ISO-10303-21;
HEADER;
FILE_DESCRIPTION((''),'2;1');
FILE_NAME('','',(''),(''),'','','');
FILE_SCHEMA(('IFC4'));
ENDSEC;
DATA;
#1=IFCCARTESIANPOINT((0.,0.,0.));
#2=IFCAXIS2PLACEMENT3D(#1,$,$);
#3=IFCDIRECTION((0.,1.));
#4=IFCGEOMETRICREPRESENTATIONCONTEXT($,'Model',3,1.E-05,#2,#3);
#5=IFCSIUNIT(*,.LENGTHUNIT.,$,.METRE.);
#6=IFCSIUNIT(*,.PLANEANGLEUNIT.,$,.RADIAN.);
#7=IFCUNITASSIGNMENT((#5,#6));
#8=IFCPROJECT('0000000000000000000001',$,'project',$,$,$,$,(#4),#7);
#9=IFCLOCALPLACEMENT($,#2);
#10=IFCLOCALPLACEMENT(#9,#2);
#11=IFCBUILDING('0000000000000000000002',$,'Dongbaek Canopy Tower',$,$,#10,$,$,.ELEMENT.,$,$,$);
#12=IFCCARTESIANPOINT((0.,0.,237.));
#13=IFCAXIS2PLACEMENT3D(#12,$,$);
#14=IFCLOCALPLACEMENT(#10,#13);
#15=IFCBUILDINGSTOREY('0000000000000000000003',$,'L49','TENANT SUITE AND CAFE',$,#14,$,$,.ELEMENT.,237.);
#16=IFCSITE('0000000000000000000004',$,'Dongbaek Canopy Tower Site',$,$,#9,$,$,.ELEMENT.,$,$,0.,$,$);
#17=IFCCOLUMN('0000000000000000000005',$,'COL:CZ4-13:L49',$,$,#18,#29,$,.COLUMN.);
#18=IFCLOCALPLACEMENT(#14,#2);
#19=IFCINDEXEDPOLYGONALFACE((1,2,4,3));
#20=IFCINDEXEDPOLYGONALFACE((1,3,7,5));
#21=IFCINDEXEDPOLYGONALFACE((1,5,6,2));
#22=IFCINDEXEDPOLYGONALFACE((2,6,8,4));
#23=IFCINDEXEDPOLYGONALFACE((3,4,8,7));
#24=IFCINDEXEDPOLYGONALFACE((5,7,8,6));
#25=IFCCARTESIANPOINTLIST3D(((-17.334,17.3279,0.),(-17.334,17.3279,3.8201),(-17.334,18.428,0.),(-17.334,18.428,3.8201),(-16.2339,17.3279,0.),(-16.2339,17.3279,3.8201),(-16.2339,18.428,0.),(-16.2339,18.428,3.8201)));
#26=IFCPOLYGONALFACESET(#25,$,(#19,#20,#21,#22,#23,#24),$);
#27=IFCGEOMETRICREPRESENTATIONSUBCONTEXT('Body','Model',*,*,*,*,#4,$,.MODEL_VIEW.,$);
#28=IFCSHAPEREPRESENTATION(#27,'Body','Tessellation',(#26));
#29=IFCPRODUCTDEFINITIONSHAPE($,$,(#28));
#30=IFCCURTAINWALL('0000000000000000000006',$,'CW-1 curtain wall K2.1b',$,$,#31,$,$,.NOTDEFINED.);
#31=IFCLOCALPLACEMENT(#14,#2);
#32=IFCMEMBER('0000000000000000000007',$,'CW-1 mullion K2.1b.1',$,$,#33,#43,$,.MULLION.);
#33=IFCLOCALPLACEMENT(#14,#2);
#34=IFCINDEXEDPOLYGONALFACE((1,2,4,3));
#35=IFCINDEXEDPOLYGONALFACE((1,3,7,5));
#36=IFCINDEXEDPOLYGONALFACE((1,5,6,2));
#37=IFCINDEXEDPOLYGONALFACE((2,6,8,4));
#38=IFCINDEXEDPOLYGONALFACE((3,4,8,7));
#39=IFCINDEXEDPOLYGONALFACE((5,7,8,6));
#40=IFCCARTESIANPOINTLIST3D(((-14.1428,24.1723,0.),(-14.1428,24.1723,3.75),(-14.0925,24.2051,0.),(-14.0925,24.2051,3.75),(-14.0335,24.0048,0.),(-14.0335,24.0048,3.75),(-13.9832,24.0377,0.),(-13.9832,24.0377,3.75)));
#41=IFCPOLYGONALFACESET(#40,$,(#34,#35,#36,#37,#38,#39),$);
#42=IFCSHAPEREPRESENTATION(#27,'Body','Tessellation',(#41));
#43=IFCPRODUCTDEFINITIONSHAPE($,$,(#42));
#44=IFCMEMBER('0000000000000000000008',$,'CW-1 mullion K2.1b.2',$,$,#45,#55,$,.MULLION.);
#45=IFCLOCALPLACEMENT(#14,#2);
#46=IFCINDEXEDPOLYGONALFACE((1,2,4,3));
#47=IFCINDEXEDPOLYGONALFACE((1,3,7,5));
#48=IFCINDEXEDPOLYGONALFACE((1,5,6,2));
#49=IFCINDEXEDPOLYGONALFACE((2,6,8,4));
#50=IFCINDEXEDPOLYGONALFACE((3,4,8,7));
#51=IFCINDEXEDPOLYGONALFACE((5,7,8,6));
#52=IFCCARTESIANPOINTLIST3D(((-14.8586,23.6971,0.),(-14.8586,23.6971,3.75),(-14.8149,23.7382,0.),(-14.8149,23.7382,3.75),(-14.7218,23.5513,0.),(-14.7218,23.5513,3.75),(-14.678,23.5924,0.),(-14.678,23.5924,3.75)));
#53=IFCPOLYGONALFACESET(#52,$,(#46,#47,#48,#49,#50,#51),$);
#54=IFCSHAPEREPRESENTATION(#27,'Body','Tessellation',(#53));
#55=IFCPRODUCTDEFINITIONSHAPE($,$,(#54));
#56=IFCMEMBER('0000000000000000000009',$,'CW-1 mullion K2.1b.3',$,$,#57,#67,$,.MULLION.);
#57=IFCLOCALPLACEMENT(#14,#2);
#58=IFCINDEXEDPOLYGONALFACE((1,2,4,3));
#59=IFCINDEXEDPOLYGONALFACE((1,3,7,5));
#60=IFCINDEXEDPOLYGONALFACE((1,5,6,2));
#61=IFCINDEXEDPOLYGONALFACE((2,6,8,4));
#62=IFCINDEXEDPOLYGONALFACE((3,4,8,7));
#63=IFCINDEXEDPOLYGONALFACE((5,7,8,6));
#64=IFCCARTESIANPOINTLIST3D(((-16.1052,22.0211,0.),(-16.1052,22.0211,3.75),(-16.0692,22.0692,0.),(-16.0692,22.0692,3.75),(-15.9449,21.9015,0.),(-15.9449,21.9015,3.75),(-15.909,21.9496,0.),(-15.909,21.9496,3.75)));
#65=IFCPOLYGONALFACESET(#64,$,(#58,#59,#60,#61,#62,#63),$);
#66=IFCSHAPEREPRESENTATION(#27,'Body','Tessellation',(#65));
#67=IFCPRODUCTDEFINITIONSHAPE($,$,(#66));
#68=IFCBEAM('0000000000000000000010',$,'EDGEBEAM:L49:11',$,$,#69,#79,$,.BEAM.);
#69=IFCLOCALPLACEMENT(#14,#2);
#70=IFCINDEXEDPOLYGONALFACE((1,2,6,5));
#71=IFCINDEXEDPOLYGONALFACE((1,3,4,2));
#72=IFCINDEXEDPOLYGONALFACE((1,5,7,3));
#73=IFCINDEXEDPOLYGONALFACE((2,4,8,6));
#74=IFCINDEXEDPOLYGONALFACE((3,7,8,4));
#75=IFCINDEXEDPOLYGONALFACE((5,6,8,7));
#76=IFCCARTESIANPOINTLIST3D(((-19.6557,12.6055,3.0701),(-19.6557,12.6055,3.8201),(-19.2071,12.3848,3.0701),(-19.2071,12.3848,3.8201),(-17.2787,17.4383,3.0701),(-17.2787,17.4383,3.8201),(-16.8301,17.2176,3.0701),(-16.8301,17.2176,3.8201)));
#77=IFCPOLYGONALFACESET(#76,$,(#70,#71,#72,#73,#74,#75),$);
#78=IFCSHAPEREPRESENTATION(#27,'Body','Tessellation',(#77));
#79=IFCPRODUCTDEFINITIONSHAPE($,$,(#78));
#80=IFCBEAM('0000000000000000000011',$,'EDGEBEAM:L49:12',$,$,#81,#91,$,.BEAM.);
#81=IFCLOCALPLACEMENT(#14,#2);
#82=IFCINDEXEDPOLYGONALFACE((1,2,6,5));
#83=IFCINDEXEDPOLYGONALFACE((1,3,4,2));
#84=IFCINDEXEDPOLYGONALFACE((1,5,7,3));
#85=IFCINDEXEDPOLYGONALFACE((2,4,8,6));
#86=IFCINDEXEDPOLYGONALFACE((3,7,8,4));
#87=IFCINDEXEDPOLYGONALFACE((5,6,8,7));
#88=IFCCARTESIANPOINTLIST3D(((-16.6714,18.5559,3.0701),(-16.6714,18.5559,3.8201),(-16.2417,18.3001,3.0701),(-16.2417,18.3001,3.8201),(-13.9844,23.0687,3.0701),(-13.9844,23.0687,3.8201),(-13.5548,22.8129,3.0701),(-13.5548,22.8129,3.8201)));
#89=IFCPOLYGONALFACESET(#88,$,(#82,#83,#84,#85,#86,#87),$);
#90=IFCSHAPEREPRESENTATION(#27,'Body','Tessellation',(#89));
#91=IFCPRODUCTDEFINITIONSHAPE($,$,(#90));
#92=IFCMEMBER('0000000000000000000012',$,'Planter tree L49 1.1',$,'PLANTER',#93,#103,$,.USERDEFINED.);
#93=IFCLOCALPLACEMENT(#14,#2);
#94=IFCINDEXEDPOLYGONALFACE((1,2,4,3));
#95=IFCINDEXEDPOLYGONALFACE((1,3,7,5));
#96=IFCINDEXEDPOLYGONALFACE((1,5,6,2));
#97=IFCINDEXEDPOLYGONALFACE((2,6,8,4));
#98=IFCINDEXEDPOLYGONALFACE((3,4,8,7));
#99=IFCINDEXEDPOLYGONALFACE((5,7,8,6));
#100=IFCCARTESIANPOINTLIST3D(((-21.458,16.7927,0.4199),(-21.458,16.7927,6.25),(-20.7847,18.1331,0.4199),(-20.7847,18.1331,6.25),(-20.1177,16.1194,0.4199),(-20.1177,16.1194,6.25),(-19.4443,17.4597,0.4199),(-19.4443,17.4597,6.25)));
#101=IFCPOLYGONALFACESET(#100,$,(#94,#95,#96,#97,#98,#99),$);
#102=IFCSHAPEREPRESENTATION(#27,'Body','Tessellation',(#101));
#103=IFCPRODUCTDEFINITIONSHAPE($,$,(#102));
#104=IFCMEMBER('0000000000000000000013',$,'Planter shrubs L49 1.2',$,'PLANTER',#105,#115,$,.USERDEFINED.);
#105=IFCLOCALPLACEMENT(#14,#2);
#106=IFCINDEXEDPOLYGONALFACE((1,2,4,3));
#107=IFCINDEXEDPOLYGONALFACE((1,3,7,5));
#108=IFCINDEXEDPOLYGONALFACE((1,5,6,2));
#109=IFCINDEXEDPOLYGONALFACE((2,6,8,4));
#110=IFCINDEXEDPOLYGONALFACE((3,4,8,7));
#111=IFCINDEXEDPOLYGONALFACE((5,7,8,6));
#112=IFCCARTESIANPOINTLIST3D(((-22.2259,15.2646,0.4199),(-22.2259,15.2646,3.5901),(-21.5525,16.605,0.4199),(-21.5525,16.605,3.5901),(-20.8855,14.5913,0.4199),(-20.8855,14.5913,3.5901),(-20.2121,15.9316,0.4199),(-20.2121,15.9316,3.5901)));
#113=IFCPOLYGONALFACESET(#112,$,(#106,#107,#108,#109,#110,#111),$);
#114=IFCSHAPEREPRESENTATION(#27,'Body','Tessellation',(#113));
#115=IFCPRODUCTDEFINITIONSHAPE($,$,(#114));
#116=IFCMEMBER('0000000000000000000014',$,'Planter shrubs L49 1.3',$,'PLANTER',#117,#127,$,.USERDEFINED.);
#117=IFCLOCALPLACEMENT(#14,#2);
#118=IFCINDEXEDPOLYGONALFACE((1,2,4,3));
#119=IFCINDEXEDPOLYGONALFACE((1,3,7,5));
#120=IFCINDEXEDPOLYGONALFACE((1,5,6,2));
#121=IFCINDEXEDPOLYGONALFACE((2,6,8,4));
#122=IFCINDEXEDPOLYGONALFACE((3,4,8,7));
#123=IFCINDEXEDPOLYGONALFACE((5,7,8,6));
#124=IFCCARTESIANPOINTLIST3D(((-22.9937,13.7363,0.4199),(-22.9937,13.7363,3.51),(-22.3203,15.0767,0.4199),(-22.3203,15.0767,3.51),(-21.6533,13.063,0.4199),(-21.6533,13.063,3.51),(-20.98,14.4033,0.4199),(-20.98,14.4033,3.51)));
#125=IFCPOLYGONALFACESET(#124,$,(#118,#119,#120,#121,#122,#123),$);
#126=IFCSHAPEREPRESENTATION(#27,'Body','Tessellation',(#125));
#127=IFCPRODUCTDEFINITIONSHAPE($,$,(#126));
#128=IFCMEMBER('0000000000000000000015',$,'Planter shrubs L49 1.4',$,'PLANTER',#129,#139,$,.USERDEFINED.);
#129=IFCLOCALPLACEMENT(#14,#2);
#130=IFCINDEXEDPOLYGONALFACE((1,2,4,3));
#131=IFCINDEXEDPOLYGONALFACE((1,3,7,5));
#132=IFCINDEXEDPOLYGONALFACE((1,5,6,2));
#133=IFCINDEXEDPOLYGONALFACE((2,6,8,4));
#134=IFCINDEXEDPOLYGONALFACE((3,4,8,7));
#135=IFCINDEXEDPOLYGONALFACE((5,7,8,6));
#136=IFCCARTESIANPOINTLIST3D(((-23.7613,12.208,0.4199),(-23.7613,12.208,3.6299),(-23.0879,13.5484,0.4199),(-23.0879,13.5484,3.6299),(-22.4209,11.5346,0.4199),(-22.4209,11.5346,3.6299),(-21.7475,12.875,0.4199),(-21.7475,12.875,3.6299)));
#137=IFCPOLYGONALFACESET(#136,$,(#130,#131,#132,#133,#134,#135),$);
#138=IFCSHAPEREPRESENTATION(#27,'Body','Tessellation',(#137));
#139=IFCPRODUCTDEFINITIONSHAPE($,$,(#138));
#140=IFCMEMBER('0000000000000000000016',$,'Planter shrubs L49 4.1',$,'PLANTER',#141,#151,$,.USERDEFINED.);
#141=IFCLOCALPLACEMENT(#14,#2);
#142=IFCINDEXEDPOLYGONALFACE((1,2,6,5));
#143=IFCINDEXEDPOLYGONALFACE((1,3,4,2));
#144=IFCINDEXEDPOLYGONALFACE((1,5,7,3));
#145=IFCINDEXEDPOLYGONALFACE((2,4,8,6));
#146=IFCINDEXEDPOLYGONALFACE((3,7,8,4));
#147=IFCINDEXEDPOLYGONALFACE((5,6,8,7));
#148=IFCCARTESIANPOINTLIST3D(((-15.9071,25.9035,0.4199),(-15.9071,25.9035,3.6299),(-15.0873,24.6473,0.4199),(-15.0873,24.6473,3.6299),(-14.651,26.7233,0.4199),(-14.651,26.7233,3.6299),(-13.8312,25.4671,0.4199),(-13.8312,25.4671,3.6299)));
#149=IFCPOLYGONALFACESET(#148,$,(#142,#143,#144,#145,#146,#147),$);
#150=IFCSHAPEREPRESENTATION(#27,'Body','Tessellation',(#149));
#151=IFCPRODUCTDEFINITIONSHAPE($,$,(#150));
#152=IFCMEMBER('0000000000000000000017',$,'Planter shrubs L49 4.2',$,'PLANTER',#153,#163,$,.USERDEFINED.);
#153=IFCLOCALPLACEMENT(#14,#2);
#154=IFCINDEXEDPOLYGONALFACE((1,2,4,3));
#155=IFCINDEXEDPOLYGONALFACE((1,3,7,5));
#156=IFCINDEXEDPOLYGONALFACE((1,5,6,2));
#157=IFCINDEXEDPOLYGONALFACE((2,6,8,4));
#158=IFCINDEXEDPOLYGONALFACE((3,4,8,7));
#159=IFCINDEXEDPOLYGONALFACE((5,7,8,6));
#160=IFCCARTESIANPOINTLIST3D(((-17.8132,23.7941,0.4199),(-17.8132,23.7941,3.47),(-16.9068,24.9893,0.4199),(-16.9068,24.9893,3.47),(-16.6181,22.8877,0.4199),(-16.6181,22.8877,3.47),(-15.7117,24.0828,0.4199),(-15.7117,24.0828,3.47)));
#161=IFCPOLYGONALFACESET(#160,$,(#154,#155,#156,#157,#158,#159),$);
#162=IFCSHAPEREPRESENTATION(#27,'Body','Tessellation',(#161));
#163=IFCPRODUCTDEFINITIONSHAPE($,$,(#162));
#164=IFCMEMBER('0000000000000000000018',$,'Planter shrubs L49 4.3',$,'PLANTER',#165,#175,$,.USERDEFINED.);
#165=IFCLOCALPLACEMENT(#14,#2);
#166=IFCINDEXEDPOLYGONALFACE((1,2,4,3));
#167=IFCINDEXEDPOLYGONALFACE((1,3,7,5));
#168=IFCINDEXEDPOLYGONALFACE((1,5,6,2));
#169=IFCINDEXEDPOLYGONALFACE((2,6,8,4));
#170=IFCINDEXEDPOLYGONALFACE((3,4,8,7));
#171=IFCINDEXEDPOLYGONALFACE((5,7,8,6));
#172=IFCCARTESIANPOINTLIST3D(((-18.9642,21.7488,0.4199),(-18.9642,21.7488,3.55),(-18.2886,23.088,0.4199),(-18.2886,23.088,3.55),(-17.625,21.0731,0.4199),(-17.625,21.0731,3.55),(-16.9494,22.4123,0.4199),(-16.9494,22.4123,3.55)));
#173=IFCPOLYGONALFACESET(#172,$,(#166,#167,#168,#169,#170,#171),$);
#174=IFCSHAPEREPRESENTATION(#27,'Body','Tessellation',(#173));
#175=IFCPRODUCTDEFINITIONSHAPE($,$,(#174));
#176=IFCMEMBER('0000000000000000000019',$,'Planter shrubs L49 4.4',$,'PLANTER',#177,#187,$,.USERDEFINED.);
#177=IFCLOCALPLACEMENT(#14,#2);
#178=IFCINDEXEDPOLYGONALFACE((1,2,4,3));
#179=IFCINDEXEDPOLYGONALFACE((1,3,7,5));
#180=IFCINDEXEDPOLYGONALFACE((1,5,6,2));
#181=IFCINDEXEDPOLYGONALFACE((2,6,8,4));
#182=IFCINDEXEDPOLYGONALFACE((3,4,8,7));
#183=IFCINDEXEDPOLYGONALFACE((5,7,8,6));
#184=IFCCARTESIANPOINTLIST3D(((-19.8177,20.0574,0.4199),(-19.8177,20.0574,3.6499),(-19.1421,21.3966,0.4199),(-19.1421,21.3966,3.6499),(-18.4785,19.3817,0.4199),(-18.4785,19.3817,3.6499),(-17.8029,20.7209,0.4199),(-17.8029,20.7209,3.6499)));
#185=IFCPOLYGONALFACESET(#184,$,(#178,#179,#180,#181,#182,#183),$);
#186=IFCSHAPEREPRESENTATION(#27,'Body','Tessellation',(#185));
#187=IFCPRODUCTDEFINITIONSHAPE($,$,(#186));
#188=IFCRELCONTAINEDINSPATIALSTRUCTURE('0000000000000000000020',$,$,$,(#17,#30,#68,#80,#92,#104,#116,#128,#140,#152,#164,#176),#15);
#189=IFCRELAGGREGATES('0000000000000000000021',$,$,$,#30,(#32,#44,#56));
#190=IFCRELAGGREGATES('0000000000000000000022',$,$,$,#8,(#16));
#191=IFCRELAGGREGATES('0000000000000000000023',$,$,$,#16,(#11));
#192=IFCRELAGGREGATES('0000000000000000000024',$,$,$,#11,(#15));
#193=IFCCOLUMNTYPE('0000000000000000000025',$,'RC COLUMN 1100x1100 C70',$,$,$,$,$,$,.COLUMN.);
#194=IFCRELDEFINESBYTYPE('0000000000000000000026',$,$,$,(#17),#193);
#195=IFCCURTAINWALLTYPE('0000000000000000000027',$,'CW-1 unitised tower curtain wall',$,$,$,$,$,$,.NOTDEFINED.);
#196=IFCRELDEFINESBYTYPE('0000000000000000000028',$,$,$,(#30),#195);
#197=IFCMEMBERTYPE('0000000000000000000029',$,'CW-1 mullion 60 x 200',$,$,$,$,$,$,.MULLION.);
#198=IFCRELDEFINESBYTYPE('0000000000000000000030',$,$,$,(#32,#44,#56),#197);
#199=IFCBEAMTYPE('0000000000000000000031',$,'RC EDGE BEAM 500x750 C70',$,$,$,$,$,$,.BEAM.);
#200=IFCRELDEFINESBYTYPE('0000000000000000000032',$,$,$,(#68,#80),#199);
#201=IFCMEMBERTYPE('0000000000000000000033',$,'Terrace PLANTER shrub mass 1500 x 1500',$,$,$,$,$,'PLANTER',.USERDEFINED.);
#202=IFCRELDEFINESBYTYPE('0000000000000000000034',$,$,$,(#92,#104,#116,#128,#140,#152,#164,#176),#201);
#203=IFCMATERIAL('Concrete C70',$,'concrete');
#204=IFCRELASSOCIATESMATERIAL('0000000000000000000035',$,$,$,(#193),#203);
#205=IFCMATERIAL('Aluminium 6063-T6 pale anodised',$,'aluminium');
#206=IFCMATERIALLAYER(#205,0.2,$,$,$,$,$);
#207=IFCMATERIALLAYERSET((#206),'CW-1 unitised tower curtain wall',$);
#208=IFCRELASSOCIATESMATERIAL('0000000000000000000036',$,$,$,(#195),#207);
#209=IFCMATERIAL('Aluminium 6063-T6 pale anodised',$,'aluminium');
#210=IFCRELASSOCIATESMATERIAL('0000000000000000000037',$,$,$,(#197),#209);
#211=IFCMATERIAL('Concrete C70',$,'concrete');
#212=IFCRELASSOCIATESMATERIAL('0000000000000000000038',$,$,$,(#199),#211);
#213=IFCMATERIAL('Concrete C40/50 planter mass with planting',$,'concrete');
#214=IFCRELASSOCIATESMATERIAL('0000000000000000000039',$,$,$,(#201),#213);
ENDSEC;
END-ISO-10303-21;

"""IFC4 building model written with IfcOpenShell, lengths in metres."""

from ifc_helpers import new_model, si_unit, direction, frame, origin, origin_2d, place, context, subcontext, project, spatial, rectangle, extrude, material, layer, layer_set, material_profile, profile_set, type_object, element, aggregate, save


model = new_model("IFC4")

# Units and contexts
model_context = context("Model", 3, precision=1e-05, world=origin(), true_north=direction((0.0, 1.0)))
body_context = subcontext(model_context, "Body", "Model", "MODEL_VIEW")
ifc_project = project(units=[si_unit("LENGTHUNIT", "METRE"), si_unit("PLANEANGLEUNIT", "RADIAN")], contexts=[model_context])

# Site, building, storey
site_placement = place(None, origin())
site = spatial("IfcSite", under=ifc_project, at=site_placement, Name="Dongbaek Canopy Tower Site", CompositionType="ELEMENT", RefElevation=0.0)
building_placement = place(site_placement, origin())
building = spatial("IfcBuilding", under=site, at=building_placement, Name="Dongbaek Canopy Tower", CompositionType="ELEMENT")
storey_placement = place(building_placement, frame((0.0, 0.0, 237.0)))
storey = spatial("IfcBuildingStorey", under=building, at=storey_placement, Name="L49", Description="TENANT SUITE AND CAFE", CompositionType="ELEMENT", Elevation=237.0)

# Column
ifc_material_1 = material(Name="Concrete C70", Category="concrete")
ifc_material_profile_1 = material_profile(ifc_material_1, rectangle(XDim=1.1001, YDim=1.1001, at=origin_2d()), Name="RC COLUMN 1100x1100 C70")
ifc_profile_set_1 = profile_set([ifc_material_profile_1], Name="Concrete C70")
column_type = type_object("IfcColumnType", Name="RC COLUMN 1100x1100 C70", PredefinedType="COLUMN", material=ifc_profile_set_1)
column_placement = place(storey_placement, frame((-16.7839, 17.8779, 0.0), z_axis=(0.0, 0.0, 1.0), x_axis=(1.0, 0.0, 0.0)))
element("IfcColumn", 1, at=column_placement, inside=storey, type_object=column_type, Name="COL:CZ4-13:L49", PredefinedType="COLUMN", context=body_context, shape_type="SweptSolid", body=[
    extrude(rectangle(XDim=1.1001, YDim=1.1001, at=origin_2d()), origin(), (0.0, 0.0, 1.0), 3.8201),
])

# Curtain wall, members
ifc_material_2 = material(Name="Aluminium 6063-T6 pale anodised", Category="aluminium")
ifc_layer_1 = layer(ifc_material_2, 0.2)
ifc_layer_set_1 = layer_set([ifc_layer_1], Name="CW-1 unitised tower curtain wall")
curtain_wall_type = type_object("IfcCurtainWallType", Name="CW-1 unitised tower curtain wall", PredefinedType="NOTDEFINED", material=ifc_layer_set_1)
curtain_wall_placement = place(storey_placement, origin())
curtain_wall = element("IfcCurtainWall", 2, at=curtain_wall_placement, inside=storey, type_object=curtain_wall_type, Name="CW-1 curtain wall K2.1b", PredefinedType="NOTDEFINED")
ifc_material_3 = material(Name="Aluminium 6063-T6 pale anodised", Category="aluminium")
ifc_material_profile_2 = material_profile(ifc_material_3, rectangle(XDim=0.2, YDim=0.0601, at=origin_2d()), Name="CW-1 mullion 60 x 200")
ifc_profile_set_2 = profile_set([ifc_material_profile_2], Name="Aluminium 6063-T6 pale anodised")
member_type_1 = type_object("IfcMemberType", Name="CW-1 mullion 60 x 200", PredefinedType="MULLION", material=ifc_profile_set_2)
member_1_placement = place(storey_placement, frame((-14.063, 24.105, 0.0), z_axis=(0.0, 0.0, 1.0), x_axis=(-0.546537, 0.837435, 0.0)))
member_1 = element("IfcMember", 3, at=member_1_placement, type_object=member_type_1, Name="CW-1 mullion K2.1b.1", PredefinedType="MULLION", context=body_context, shape_type="SweptSolid", body=[
    extrude(rectangle(XDim=0.2, YDim=0.0601, at=origin_2d()), origin(), (0.0, 0.0, 1.0), 3.75),
])
member_2_placement = place(storey_placement, frame((-14.7683, 23.6448, 0.0), z_axis=(0.0, 0.0, 1.0), x_axis=(-0.684487, 0.729025, 0.0)))
member_2 = element("IfcMember", 4, at=member_2_placement, type_object=member_type_1, Name="CW-1 mullion K2.1b.2", PredefinedType="MULLION", context=body_context, shape_type="SweptSolid", body=[
    extrude(rectangle(XDim=0.2, YDim=0.0601, at=origin_2d()), origin(), (0.0, 0.0, 1.0), 3.75),
])
member_3_placement = place(storey_placement, frame((-16.0071, 21.9854, 0.0), z_axis=(0.0, 0.0, 1.0), x_axis=(-0.801366, 0.598174, 0.0)))
member_3 = element("IfcMember", 5, at=member_3_placement, type_object=member_type_1, Name="CW-1 mullion K2.1b.3", PredefinedType="MULLION", context=body_context, shape_type="SweptSolid", body=[
    extrude(rectangle(XDim=0.2, YDim=0.0601, at=origin_2d()), origin(), (0.0, 0.0, 1.0), 3.75),
])

# Beams
ifc_material_4 = material(Name="Concrete C70", Category="concrete")
ifc_material_profile_3 = material_profile(ifc_material_4, rectangle(XDim=0.5, YDim=0.75, at=origin_2d()), Name="RC EDGE BEAM 500x750 C70")
ifc_profile_set_3 = profile_set([ifc_material_profile_3], Name="Concrete C70")
beam_type = type_object("IfcBeamType", Name="RC EDGE BEAM 500x750 C70", PredefinedType="BEAM", material=ifc_profile_set_3)
beam_1_placement = place(storey_placement, frame((-19.4314, 12.4951, 3.4451), z_axis=(0.441347, 0.897336, 0.0), x_axis=(-0.897336, 0.441347, 0.0)))
element("IfcBeam", 6, at=beam_1_placement, inside=storey, type_object=beam_type, Name="EDGEBEAM:L49:11", PredefinedType="BEAM", context=body_context, shape_type="SweptSolid", body=[
    extrude(rectangle(XDim=0.5, YDim=0.75, at=origin_2d()), origin(), (0.0, 0.0, 1.0), 5.3857),
])
beam_2_placement = place(storey_placement, frame((-16.4565, 18.428, 3.4451), z_axis=(0.511588, 0.859231, 0.0), x_axis=(-0.859231, 0.511588, 0.0)))
element("IfcBeam", 7, at=beam_2_placement, inside=storey, type_object=beam_type, Name="EDGEBEAM:L49:12", PredefinedType="BEAM", context=body_context, shape_type="SweptSolid", body=[
    extrude(rectangle(XDim=0.5, YDim=0.75, at=origin_2d()), origin(), (0.0, 0.0, 1.0), 5.2522),
])

# Members
ifc_material_5 = material(Name="Concrete C40/50 planter mass with planting", Category="concrete")
ifc_material_profile_4 = material_profile(ifc_material_5, rectangle(XDim=1.5, YDim=1.5, at=origin_2d()), Name="Terrace PLANTER shrub mass 1500 x 1500")
ifc_profile_set_4 = profile_set([ifc_material_profile_4], Name="Concrete C40/50 planter mass with planting")
member_type_2 = type_object("IfcMemberType", Name="Terrace PLANTER shrub mass 1500 x 1500", ElementType="PLANTER", PredefinedType="USERDEFINED", material=ifc_profile_set_4)
member_4_placement = place(storey_placement, frame((-20.4512, 17.1262, 0.4199), z_axis=(0.0, 0.0, 1.0), x_axis=(-0.893577, 0.448909, 0.0)))
element("IfcMember", 8, at=member_4_placement, inside=storey, type_object=member_type_2, Name="Planter tree L49 1.1", ObjectType="PLANTER", PredefinedType="USERDEFINED", context=body_context, shape_type="SweptSolid", body=[
    extrude(rectangle(XDim=1.5, YDim=1.5, at=origin_2d()), origin(), (0.0, 0.0, 1.0), 5.8301),
])
member_5_placement = place(storey_placement, frame((-21.219, 15.5981, 0.4199), z_axis=(0.0, 0.0, 1.0), x_axis=(-0.893577, 0.448909, 0.0)))
element("IfcMember", 9, at=member_5_placement, inside=storey, type_object=member_type_2, Name="Planter shrubs L49 1.2", ObjectType="PLANTER", PredefinedType="USERDEFINED", context=body_context, shape_type="SweptSolid", body=[
    extrude(rectangle(XDim=1.5, YDim=1.5, at=origin_2d()), origin(), (0.0, 0.0, 1.0), 3.1702),
])
member_6_placement = place(storey_placement, frame((-21.9868, 14.0698, 0.4199), z_axis=(0.0, 0.0, 1.0), x_axis=(-0.893577, 0.448909, 0.0)))
element("IfcMember", 10, at=member_6_placement, inside=storey, type_object=member_type_2, Name="Planter shrubs L49 1.3", ObjectType="PLANTER", PredefinedType="USERDEFINED", context=body_context, shape_type="SweptSolid", body=[
    extrude(rectangle(XDim=1.5, YDim=1.5, at=origin_2d()), origin(), (0.0, 0.0, 1.0), 3.0901),
])
for number, where, z_axis, x_axis, name in (
    (11, (-22.7544, 12.5415, 0.4199), (0.0, 0.0, 1.0), (-0.893577, 0.448909, 0.0), "Planter shrubs L49 1.4"),
    (12, (-14.8691, 25.6853, 0.4199), (0.0, 0.0, 1.0), (-0.546537, 0.837435, 0.0), "Planter shrubs L49 4.1"),
):
    element("IfcMember", number, at=place(storey_placement, frame(where, z_axis=z_axis, x_axis=x_axis)), inside=storey, type_object=member_type_2, Name=name, ObjectType="PLANTER", PredefinedType="USERDEFINED", context=body_context, shape_type="SweptSolid", body=[
        extrude(rectangle(XDim=1.5, YDim=1.5, at=origin_2d()), origin(), (0.0, 0.0, 1.0), 3.21),
    ])
member_7_placement = place(storey_placement, frame((-16.7625, 23.9385, 0.4199), z_axis=(0.0, 0.0, 1.0), x_axis=(-0.796753, 0.604305, 0.0)))
element("IfcMember", 13, at=member_7_placement, inside=storey, type_object=member_type_2, Name="Planter shrubs L49 4.2", ObjectType="PLANTER", PredefinedType="USERDEFINED", context=body_context, shape_type="SweptSolid", body=[
    extrude(rectangle(XDim=1.5, YDim=1.5, at=origin_2d()), origin(), (0.0, 0.0, 1.0), 3.05),
])
member_8_placement = place(storey_placement, frame((-17.9568, 22.0806, 0.4199), z_axis=(0.0, 0.0, 1.0), x_axis=(-0.892804, 0.450445, 0.0)))
element("IfcMember", 14, at=member_8_placement, inside=storey, type_object=member_type_2, Name="Planter shrubs L49 4.3", ObjectType="PLANTER", PredefinedType="USERDEFINED", context=body_context, shape_type="SweptSolid", body=[
    extrude(rectangle(XDim=1.5, YDim=1.5, at=origin_2d()), origin(), (0.0, 0.0, 1.0), 3.1301),
])
member_9_placement = place(storey_placement, frame((-18.8103, 20.3892, 0.4199), z_axis=(0.0, 0.0, 1.0), x_axis=(-0.892804, 0.450445, 0.0)))
element("IfcMember", 15, at=member_9_placement, inside=storey, type_object=member_type_2, Name="Planter shrubs L49 4.4", ObjectType="PLANTER", PredefinedType="USERDEFINED", context=body_context, shape_type="SweptSolid", body=[
    extrude(rectangle(XDim=1.5, YDim=1.5, at=origin_2d()), origin(), (0.0, 0.0, 1.0), 3.23),
])

aggregate(curtain_wall, [member_1, member_2, member_3])

save(model, "model.ifc")
